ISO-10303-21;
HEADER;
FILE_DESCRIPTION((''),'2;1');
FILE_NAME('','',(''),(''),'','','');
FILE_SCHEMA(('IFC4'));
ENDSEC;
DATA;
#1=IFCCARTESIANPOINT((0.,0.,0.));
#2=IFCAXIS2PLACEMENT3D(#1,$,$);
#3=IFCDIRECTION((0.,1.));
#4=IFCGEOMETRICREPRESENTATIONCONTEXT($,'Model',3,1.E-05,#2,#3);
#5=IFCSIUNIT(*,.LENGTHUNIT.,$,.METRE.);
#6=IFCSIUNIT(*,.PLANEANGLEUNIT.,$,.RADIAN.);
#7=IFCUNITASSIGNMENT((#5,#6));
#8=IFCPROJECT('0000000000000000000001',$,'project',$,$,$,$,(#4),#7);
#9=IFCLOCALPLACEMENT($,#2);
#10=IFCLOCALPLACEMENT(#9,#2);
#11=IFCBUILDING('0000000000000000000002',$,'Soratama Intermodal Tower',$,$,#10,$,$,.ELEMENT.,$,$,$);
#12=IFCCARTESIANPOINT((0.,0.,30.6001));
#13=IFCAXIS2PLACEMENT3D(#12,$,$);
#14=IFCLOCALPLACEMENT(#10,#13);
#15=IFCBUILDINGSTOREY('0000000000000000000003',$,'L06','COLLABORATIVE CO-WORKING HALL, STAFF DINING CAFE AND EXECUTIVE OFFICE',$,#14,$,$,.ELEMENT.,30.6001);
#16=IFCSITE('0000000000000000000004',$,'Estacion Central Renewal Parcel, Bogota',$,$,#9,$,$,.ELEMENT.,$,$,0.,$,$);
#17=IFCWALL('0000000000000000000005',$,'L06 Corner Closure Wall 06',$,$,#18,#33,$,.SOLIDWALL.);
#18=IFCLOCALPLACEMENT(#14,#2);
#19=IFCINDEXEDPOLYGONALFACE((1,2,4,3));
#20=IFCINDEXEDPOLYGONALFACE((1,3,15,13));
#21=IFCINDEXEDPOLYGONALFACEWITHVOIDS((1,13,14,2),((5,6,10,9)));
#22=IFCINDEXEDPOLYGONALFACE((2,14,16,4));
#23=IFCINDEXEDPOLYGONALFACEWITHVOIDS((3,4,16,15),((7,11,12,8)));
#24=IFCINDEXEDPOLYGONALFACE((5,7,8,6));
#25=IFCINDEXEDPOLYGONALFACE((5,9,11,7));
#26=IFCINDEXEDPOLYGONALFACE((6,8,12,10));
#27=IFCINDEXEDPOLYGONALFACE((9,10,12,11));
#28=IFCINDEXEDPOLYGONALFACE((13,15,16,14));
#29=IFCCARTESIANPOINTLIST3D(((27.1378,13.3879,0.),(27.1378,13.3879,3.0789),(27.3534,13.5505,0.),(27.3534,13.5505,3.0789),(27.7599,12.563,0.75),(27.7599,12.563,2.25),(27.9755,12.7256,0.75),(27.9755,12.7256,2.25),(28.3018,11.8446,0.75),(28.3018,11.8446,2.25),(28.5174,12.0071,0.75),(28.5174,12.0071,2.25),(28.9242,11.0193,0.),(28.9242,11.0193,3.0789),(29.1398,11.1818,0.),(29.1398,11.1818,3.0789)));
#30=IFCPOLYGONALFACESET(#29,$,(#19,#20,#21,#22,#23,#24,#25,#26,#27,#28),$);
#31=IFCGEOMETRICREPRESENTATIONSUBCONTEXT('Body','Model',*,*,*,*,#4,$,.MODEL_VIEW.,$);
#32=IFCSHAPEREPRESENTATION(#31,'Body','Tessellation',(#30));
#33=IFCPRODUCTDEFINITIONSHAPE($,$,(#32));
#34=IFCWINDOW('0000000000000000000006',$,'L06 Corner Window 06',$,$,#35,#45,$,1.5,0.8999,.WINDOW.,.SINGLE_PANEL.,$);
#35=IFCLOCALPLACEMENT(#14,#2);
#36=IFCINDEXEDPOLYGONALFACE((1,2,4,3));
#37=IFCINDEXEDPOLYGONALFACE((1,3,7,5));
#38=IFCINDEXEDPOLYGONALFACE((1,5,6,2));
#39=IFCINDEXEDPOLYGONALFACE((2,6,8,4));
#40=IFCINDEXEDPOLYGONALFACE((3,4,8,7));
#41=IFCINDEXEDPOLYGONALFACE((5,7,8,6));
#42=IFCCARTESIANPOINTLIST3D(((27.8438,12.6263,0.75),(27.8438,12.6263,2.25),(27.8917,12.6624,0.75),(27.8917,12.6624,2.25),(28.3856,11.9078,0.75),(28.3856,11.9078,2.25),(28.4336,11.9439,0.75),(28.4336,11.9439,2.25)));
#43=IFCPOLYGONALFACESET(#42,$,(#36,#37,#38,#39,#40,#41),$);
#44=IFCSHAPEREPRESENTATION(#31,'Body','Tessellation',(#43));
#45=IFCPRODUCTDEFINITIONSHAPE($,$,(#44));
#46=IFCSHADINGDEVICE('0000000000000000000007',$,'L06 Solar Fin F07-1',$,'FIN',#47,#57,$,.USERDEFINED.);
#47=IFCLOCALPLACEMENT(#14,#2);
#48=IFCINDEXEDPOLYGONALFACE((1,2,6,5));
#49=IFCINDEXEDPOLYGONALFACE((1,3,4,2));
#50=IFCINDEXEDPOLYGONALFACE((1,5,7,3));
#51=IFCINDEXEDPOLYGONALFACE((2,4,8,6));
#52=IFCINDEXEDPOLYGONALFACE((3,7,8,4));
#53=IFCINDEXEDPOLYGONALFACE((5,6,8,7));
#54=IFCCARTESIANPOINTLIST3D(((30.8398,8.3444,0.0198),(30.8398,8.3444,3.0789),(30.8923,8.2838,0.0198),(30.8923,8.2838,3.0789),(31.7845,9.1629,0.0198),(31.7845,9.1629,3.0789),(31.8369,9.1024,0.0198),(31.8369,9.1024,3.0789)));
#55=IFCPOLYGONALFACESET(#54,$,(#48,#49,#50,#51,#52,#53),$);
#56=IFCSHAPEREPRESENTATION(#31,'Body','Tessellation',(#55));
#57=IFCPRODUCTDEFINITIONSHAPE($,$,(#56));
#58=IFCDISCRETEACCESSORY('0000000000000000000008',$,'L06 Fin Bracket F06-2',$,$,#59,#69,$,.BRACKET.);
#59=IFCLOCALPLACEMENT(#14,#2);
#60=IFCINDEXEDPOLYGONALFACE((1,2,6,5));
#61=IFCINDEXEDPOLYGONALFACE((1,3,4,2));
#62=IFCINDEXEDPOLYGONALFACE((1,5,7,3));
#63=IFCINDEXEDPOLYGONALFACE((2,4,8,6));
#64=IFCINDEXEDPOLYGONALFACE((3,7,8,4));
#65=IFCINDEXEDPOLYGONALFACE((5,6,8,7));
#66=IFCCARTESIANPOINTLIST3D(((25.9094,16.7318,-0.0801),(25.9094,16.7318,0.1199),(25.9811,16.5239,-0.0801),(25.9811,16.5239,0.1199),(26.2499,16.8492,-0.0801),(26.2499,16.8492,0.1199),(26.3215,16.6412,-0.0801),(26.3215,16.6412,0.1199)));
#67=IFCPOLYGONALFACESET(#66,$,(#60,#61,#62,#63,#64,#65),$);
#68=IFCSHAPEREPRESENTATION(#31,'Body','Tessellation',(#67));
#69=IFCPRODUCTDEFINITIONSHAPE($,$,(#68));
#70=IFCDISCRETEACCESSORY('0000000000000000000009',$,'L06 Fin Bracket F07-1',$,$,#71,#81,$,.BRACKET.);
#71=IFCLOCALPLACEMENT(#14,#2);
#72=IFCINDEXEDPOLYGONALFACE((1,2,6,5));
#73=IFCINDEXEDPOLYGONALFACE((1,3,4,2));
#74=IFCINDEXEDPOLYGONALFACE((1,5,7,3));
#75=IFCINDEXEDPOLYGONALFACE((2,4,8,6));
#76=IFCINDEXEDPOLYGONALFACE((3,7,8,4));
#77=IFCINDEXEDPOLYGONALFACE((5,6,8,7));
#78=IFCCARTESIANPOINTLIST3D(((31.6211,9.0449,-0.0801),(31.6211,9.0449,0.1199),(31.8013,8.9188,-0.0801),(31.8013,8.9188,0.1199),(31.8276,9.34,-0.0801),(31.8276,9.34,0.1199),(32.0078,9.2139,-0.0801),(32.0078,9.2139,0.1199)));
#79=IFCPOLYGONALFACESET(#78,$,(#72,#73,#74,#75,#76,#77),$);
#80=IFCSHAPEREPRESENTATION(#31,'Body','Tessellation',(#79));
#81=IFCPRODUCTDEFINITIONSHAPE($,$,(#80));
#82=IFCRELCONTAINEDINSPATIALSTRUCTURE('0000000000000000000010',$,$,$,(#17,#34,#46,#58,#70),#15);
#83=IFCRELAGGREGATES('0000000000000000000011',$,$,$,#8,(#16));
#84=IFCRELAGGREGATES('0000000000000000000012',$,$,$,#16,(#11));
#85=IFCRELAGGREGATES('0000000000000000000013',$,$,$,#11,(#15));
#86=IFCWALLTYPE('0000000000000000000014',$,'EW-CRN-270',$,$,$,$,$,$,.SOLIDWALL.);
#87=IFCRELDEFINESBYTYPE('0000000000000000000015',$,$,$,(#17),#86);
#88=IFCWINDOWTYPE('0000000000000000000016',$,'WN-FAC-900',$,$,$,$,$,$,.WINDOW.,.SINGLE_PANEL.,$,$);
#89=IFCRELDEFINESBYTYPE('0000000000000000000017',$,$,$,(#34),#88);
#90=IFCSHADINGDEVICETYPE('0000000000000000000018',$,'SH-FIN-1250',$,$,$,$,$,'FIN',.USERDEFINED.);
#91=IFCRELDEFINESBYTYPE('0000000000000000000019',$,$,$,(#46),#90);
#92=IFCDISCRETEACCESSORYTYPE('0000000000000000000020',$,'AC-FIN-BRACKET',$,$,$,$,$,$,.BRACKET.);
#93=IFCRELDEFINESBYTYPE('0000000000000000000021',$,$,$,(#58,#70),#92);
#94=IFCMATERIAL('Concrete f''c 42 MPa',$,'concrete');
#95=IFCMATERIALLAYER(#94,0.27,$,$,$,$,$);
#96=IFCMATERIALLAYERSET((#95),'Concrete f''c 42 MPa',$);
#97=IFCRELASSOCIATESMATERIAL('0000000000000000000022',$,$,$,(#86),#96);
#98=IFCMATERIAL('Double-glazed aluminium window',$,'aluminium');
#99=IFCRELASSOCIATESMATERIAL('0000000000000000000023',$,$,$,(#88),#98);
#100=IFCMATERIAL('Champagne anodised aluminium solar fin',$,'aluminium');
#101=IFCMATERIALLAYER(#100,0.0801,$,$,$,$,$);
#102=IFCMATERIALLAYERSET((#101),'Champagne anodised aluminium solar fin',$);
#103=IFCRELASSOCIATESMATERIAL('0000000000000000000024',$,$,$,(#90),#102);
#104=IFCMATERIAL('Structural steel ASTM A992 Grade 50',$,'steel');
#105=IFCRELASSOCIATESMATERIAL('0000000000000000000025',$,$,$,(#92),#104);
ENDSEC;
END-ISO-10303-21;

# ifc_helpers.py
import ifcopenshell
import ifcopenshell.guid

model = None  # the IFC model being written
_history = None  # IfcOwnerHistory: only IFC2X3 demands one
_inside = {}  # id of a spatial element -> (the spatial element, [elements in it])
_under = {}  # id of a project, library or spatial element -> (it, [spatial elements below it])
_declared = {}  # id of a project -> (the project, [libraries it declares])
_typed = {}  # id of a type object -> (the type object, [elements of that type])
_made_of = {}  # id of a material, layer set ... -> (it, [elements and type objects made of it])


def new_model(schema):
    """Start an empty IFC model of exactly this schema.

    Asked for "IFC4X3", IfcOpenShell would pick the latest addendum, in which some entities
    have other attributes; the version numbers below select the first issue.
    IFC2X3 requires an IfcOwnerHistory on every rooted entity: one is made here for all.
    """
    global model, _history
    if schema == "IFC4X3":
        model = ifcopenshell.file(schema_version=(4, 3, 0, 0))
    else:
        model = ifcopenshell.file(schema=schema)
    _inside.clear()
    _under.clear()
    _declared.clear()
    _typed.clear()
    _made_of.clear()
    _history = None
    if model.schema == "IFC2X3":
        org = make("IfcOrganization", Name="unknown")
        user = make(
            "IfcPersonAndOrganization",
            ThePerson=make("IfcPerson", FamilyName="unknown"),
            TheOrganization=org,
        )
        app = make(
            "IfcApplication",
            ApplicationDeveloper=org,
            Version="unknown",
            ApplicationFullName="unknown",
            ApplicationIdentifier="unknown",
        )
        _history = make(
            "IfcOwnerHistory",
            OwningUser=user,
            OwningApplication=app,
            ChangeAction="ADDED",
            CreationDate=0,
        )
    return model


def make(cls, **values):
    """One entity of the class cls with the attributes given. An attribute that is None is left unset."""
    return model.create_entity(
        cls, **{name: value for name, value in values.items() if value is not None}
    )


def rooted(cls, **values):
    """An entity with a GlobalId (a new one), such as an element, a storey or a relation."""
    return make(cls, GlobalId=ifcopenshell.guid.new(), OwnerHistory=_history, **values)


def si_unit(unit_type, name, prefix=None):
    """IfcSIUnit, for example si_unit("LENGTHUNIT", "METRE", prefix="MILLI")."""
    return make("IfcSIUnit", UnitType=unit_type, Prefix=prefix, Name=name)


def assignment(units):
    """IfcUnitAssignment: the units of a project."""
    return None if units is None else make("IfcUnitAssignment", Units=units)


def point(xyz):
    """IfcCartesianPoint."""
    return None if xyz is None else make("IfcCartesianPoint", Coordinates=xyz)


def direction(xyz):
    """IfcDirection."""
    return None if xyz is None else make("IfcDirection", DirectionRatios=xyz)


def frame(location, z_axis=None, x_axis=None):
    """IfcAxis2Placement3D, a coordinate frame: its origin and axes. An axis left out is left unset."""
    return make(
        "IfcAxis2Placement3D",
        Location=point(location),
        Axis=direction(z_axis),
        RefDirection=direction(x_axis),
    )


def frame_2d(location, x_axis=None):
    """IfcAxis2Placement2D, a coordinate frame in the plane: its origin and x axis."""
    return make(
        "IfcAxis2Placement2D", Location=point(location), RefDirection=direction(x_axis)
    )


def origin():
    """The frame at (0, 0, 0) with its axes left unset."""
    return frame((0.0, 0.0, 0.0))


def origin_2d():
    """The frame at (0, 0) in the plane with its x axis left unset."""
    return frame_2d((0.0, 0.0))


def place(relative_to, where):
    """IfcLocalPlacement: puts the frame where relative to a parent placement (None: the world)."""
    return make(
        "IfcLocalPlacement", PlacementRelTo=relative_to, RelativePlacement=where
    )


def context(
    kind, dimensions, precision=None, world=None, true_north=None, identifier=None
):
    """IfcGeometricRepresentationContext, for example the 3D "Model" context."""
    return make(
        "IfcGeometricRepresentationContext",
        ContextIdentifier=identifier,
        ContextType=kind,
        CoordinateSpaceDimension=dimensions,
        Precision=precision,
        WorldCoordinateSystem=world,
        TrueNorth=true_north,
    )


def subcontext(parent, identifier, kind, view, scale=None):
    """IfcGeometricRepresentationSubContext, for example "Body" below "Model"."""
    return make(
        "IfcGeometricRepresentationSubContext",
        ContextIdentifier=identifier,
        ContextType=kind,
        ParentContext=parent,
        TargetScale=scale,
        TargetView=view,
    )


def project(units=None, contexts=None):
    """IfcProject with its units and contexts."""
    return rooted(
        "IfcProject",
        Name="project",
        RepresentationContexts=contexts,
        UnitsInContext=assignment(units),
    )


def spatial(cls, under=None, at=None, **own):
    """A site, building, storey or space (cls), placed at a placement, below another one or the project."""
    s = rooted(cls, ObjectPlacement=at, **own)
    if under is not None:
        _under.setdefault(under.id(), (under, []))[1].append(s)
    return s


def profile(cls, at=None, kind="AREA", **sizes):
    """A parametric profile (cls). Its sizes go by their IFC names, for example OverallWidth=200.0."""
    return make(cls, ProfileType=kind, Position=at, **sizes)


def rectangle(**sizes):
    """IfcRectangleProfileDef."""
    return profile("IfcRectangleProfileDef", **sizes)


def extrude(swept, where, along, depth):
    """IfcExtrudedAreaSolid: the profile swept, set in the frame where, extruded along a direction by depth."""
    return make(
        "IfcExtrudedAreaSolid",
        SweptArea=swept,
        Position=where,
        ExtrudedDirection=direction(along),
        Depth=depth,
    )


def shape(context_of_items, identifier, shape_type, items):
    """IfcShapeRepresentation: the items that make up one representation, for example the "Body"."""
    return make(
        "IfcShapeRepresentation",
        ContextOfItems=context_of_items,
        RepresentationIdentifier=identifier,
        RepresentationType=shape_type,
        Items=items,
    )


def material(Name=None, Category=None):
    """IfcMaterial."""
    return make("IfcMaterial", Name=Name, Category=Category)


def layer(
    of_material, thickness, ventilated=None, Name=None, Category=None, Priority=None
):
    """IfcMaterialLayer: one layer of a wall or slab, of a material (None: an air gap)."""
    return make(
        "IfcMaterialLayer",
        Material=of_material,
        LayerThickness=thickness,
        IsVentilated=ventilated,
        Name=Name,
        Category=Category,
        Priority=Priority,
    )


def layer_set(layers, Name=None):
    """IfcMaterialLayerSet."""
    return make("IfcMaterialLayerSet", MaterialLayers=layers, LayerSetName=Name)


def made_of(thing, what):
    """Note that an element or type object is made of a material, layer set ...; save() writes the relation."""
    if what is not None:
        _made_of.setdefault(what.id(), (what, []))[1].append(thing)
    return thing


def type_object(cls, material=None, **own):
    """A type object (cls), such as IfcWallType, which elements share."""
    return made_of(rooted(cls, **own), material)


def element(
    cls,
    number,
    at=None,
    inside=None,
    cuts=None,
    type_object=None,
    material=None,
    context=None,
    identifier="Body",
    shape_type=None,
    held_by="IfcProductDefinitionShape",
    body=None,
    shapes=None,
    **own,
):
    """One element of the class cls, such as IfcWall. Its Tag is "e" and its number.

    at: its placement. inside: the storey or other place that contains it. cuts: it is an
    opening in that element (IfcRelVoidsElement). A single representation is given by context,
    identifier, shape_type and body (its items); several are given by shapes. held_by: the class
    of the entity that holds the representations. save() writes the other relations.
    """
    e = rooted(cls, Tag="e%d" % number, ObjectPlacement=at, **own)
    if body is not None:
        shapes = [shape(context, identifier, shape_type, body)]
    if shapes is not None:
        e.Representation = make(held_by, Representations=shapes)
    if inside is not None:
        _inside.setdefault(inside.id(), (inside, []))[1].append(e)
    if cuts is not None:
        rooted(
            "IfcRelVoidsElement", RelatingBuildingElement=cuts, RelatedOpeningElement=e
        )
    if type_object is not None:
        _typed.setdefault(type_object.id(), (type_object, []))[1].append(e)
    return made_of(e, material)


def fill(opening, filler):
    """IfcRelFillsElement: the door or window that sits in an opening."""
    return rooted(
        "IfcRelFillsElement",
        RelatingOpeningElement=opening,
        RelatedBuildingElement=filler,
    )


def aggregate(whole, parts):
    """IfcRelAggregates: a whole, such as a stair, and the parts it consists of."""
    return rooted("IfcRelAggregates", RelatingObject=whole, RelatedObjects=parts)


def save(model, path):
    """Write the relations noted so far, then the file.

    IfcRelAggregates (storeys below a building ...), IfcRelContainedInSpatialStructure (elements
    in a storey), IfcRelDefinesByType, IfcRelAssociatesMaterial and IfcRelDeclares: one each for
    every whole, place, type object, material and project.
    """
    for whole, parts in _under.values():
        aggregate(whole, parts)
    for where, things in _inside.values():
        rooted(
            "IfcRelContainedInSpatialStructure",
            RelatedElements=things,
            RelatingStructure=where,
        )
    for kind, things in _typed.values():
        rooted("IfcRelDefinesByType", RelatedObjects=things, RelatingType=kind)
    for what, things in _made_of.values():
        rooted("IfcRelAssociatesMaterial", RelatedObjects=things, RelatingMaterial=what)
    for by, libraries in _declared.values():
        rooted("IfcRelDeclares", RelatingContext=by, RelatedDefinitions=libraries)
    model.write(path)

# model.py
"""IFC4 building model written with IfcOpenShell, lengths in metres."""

from ifc_helpers import new_model, si_unit, direction, frame, frame_2d, origin, origin_2d, place, context, subcontext, project, spatial, rectangle, extrude, material, layer, layer_set, type_object, element, fill, save


model = new_model("IFC4")

# Units and contexts
model_context = context("Model", 3, precision=1e-05, world=origin(), true_north=direction((0.0, 1.0)))
body_context = subcontext(model_context, "Body", "Model", "MODEL_VIEW")
ifc_project = project(units=[si_unit("LENGTHUNIT", "METRE"), si_unit("PLANEANGLEUNIT", "RADIAN")], contexts=[model_context])

# Site, building, storey
site_placement = place(None, origin())
site = spatial("IfcSite", under=ifc_project, at=site_placement, Name="Estacion Central Renewal Parcel, Bogota", CompositionType="ELEMENT", RefElevation=0.0)
building_placement = place(site_placement, origin())
building = spatial("IfcBuilding", under=site, at=building_placement, Name="Soratama Intermodal Tower", CompositionType="ELEMENT")
storey_placement = place(building_placement, frame((0.0, 0.0, 30.6001)))
storey = spatial("IfcBuildingStorey", under=building, at=storey_placement, Name="L06", Description="COLLABORATIVE CO-WORKING HALL, STAFF DINING CAFE AND EXECUTIVE OFFICE", CompositionType="ELEMENT", Elevation=30.6001)

# Wall, opening, window
ifc_material_1 = material(Name="Concrete f'c 42 MPa", Category="concrete")
ifc_layer_1 = layer(ifc_material_1, 0.27)
ifc_layer_set_1 = layer_set([ifc_layer_1], Name="Concrete f'c 42 MPa")
wall_type = type_object("IfcWallType", Name="EW-CRN-270", PredefinedType="SOLIDWALL", material=ifc_layer_set_1)
wall_placement = place(storey_placement, frame((27.2456, 13.4692, 0.0), z_axis=(0.0, 0.0, 1.0), x_axis=(0.602131, -0.798397, 0.0)))
wall = element("IfcWall", 1, at=wall_placement, inside=storey, type_object=wall_type, Name="L06 Corner Closure Wall 06", PredefinedType="SOLIDWALL", context=body_context, shape_type="SweptSolid", body=[
    extrude(rectangle(XDim=2.9668, YDim=0.27, at=frame_2d((1.4834, 0.0))), origin(), (0.0, 0.0, 1.0), 3.0789),
])
opening_placement = place(wall_placement, frame((1.0332, 0.0, 0.75)))
opening = element("IfcOpeningElement", 2, at=opening_placement, cuts=wall, PredefinedType="OPENING", context=body_context, shape_type="SweptSolid", body=[
    extrude(rectangle(XDim=0.8999, YDim=1.5, at=frame_2d((0.45, 0.75))), frame((0.0, 0.145, 0.0), z_axis=(0.0, -1.0, 0.0), x_axis=(1.0, 0.0, 0.0)), (0.0, 0.0, 1.0), 0.29),
])
ifc_material_2 = material(Name="Double-glazed aluminium window", Category="aluminium")
window_type = type_object("IfcWindowType", Name="WN-FAC-900", PartitioningType="SINGLE_PANEL", PredefinedType="WINDOW", material=ifc_material_2)
window_placement = place(opening_placement, origin())
window = element("IfcWindow", 3, at=window_placement, inside=storey, type_object=window_type, Name="L06 Corner Window 06", OverallHeight=1.5, OverallWidth=0.8999, PartitioningType="SINGLE_PANEL", PredefinedType="WINDOW", context=body_context, shape_type="SweptSolid", body=[
    extrude(rectangle(XDim=0.8999, YDim=1.5, at=frame_2d((0.45, 0.75))), frame((0.0, 0.03, 0.0), z_axis=(0.0, -1.0, 0.0), x_axis=(1.0, 0.0, 0.0)), (0.0, 0.0, 1.0), 0.0601),
])
fill(opening, window)

# Shading device
ifc_material_3 = material(Name="Champagne anodised aluminium solar fin", Category="aluminium")
ifc_layer_2 = layer(ifc_material_3, 0.0801)
ifc_layer_set_2 = layer_set([ifc_layer_2], Name="Champagne anodised aluminium solar fin")
shading_device_type = type_object("IfcShadingDeviceType", Name="SH-FIN-1250", ElementType="FIN", PredefinedType="USERDEFINED", material=ifc_layer_set_2)
shading_device_placement = place(storey_placement, frame((31.3384, 8.7234, 0.0198), z_axis=(0.0, 0.0, 1.0), x_axis=(-0.755739, -0.654873, 0.0)))
element("IfcShadingDevice", 4, at=shading_device_placement, inside=storey, type_object=shading_device_type, Name="L06 Solar Fin F07-1", ObjectType="FIN", PredefinedType="USERDEFINED", context=body_context, shape_type="SweptSolid", body=[
    extrude(rectangle(XDim=1.25, YDim=0.0801, at=origin_2d()), origin(), (0.0, 0.0, 1.0), 3.0591),
])

# Discrete accessories
ifc_material_4 = material(Name="Structural steel ASTM A992 Grade 50", Category="steel")
discrete_accessory_type = type_object("IfcDiscreteAccessoryType", Name="AC-FIN-BRACKET", PredefinedType="BRACKET", material=ifc_material_4)
for number, where, z_axis, x_axis, name in (
    (5, (26.1155, 16.6865, -0.0801), (0.0, 0.0, 1.0), (-0.945405, -0.325898, 0.0), "L06 Fin Bracket F06-2"),
    (6, (31.8145, 9.1294, -0.0801), (0.0, 0.0, 1.0), (-0.57329, -0.819352, 0.0), "L06 Fin Bracket F07-1"),
):
    element("IfcDiscreteAccessory", number, at=place(storey_placement, frame(where, z_axis=z_axis, x_axis=x_axis)), inside=storey, type_object=discrete_accessory_type, Name=name, PredefinedType="BRACKET", context=body_context, shape_type="SweptSolid", body=[
        extrude(rectangle(XDim=0.3601, YDim=0.22, at=origin_2d()), origin(), (0.0, 0.0, 1.0), 0.2),
    ])

save(model, "model.ifc")
